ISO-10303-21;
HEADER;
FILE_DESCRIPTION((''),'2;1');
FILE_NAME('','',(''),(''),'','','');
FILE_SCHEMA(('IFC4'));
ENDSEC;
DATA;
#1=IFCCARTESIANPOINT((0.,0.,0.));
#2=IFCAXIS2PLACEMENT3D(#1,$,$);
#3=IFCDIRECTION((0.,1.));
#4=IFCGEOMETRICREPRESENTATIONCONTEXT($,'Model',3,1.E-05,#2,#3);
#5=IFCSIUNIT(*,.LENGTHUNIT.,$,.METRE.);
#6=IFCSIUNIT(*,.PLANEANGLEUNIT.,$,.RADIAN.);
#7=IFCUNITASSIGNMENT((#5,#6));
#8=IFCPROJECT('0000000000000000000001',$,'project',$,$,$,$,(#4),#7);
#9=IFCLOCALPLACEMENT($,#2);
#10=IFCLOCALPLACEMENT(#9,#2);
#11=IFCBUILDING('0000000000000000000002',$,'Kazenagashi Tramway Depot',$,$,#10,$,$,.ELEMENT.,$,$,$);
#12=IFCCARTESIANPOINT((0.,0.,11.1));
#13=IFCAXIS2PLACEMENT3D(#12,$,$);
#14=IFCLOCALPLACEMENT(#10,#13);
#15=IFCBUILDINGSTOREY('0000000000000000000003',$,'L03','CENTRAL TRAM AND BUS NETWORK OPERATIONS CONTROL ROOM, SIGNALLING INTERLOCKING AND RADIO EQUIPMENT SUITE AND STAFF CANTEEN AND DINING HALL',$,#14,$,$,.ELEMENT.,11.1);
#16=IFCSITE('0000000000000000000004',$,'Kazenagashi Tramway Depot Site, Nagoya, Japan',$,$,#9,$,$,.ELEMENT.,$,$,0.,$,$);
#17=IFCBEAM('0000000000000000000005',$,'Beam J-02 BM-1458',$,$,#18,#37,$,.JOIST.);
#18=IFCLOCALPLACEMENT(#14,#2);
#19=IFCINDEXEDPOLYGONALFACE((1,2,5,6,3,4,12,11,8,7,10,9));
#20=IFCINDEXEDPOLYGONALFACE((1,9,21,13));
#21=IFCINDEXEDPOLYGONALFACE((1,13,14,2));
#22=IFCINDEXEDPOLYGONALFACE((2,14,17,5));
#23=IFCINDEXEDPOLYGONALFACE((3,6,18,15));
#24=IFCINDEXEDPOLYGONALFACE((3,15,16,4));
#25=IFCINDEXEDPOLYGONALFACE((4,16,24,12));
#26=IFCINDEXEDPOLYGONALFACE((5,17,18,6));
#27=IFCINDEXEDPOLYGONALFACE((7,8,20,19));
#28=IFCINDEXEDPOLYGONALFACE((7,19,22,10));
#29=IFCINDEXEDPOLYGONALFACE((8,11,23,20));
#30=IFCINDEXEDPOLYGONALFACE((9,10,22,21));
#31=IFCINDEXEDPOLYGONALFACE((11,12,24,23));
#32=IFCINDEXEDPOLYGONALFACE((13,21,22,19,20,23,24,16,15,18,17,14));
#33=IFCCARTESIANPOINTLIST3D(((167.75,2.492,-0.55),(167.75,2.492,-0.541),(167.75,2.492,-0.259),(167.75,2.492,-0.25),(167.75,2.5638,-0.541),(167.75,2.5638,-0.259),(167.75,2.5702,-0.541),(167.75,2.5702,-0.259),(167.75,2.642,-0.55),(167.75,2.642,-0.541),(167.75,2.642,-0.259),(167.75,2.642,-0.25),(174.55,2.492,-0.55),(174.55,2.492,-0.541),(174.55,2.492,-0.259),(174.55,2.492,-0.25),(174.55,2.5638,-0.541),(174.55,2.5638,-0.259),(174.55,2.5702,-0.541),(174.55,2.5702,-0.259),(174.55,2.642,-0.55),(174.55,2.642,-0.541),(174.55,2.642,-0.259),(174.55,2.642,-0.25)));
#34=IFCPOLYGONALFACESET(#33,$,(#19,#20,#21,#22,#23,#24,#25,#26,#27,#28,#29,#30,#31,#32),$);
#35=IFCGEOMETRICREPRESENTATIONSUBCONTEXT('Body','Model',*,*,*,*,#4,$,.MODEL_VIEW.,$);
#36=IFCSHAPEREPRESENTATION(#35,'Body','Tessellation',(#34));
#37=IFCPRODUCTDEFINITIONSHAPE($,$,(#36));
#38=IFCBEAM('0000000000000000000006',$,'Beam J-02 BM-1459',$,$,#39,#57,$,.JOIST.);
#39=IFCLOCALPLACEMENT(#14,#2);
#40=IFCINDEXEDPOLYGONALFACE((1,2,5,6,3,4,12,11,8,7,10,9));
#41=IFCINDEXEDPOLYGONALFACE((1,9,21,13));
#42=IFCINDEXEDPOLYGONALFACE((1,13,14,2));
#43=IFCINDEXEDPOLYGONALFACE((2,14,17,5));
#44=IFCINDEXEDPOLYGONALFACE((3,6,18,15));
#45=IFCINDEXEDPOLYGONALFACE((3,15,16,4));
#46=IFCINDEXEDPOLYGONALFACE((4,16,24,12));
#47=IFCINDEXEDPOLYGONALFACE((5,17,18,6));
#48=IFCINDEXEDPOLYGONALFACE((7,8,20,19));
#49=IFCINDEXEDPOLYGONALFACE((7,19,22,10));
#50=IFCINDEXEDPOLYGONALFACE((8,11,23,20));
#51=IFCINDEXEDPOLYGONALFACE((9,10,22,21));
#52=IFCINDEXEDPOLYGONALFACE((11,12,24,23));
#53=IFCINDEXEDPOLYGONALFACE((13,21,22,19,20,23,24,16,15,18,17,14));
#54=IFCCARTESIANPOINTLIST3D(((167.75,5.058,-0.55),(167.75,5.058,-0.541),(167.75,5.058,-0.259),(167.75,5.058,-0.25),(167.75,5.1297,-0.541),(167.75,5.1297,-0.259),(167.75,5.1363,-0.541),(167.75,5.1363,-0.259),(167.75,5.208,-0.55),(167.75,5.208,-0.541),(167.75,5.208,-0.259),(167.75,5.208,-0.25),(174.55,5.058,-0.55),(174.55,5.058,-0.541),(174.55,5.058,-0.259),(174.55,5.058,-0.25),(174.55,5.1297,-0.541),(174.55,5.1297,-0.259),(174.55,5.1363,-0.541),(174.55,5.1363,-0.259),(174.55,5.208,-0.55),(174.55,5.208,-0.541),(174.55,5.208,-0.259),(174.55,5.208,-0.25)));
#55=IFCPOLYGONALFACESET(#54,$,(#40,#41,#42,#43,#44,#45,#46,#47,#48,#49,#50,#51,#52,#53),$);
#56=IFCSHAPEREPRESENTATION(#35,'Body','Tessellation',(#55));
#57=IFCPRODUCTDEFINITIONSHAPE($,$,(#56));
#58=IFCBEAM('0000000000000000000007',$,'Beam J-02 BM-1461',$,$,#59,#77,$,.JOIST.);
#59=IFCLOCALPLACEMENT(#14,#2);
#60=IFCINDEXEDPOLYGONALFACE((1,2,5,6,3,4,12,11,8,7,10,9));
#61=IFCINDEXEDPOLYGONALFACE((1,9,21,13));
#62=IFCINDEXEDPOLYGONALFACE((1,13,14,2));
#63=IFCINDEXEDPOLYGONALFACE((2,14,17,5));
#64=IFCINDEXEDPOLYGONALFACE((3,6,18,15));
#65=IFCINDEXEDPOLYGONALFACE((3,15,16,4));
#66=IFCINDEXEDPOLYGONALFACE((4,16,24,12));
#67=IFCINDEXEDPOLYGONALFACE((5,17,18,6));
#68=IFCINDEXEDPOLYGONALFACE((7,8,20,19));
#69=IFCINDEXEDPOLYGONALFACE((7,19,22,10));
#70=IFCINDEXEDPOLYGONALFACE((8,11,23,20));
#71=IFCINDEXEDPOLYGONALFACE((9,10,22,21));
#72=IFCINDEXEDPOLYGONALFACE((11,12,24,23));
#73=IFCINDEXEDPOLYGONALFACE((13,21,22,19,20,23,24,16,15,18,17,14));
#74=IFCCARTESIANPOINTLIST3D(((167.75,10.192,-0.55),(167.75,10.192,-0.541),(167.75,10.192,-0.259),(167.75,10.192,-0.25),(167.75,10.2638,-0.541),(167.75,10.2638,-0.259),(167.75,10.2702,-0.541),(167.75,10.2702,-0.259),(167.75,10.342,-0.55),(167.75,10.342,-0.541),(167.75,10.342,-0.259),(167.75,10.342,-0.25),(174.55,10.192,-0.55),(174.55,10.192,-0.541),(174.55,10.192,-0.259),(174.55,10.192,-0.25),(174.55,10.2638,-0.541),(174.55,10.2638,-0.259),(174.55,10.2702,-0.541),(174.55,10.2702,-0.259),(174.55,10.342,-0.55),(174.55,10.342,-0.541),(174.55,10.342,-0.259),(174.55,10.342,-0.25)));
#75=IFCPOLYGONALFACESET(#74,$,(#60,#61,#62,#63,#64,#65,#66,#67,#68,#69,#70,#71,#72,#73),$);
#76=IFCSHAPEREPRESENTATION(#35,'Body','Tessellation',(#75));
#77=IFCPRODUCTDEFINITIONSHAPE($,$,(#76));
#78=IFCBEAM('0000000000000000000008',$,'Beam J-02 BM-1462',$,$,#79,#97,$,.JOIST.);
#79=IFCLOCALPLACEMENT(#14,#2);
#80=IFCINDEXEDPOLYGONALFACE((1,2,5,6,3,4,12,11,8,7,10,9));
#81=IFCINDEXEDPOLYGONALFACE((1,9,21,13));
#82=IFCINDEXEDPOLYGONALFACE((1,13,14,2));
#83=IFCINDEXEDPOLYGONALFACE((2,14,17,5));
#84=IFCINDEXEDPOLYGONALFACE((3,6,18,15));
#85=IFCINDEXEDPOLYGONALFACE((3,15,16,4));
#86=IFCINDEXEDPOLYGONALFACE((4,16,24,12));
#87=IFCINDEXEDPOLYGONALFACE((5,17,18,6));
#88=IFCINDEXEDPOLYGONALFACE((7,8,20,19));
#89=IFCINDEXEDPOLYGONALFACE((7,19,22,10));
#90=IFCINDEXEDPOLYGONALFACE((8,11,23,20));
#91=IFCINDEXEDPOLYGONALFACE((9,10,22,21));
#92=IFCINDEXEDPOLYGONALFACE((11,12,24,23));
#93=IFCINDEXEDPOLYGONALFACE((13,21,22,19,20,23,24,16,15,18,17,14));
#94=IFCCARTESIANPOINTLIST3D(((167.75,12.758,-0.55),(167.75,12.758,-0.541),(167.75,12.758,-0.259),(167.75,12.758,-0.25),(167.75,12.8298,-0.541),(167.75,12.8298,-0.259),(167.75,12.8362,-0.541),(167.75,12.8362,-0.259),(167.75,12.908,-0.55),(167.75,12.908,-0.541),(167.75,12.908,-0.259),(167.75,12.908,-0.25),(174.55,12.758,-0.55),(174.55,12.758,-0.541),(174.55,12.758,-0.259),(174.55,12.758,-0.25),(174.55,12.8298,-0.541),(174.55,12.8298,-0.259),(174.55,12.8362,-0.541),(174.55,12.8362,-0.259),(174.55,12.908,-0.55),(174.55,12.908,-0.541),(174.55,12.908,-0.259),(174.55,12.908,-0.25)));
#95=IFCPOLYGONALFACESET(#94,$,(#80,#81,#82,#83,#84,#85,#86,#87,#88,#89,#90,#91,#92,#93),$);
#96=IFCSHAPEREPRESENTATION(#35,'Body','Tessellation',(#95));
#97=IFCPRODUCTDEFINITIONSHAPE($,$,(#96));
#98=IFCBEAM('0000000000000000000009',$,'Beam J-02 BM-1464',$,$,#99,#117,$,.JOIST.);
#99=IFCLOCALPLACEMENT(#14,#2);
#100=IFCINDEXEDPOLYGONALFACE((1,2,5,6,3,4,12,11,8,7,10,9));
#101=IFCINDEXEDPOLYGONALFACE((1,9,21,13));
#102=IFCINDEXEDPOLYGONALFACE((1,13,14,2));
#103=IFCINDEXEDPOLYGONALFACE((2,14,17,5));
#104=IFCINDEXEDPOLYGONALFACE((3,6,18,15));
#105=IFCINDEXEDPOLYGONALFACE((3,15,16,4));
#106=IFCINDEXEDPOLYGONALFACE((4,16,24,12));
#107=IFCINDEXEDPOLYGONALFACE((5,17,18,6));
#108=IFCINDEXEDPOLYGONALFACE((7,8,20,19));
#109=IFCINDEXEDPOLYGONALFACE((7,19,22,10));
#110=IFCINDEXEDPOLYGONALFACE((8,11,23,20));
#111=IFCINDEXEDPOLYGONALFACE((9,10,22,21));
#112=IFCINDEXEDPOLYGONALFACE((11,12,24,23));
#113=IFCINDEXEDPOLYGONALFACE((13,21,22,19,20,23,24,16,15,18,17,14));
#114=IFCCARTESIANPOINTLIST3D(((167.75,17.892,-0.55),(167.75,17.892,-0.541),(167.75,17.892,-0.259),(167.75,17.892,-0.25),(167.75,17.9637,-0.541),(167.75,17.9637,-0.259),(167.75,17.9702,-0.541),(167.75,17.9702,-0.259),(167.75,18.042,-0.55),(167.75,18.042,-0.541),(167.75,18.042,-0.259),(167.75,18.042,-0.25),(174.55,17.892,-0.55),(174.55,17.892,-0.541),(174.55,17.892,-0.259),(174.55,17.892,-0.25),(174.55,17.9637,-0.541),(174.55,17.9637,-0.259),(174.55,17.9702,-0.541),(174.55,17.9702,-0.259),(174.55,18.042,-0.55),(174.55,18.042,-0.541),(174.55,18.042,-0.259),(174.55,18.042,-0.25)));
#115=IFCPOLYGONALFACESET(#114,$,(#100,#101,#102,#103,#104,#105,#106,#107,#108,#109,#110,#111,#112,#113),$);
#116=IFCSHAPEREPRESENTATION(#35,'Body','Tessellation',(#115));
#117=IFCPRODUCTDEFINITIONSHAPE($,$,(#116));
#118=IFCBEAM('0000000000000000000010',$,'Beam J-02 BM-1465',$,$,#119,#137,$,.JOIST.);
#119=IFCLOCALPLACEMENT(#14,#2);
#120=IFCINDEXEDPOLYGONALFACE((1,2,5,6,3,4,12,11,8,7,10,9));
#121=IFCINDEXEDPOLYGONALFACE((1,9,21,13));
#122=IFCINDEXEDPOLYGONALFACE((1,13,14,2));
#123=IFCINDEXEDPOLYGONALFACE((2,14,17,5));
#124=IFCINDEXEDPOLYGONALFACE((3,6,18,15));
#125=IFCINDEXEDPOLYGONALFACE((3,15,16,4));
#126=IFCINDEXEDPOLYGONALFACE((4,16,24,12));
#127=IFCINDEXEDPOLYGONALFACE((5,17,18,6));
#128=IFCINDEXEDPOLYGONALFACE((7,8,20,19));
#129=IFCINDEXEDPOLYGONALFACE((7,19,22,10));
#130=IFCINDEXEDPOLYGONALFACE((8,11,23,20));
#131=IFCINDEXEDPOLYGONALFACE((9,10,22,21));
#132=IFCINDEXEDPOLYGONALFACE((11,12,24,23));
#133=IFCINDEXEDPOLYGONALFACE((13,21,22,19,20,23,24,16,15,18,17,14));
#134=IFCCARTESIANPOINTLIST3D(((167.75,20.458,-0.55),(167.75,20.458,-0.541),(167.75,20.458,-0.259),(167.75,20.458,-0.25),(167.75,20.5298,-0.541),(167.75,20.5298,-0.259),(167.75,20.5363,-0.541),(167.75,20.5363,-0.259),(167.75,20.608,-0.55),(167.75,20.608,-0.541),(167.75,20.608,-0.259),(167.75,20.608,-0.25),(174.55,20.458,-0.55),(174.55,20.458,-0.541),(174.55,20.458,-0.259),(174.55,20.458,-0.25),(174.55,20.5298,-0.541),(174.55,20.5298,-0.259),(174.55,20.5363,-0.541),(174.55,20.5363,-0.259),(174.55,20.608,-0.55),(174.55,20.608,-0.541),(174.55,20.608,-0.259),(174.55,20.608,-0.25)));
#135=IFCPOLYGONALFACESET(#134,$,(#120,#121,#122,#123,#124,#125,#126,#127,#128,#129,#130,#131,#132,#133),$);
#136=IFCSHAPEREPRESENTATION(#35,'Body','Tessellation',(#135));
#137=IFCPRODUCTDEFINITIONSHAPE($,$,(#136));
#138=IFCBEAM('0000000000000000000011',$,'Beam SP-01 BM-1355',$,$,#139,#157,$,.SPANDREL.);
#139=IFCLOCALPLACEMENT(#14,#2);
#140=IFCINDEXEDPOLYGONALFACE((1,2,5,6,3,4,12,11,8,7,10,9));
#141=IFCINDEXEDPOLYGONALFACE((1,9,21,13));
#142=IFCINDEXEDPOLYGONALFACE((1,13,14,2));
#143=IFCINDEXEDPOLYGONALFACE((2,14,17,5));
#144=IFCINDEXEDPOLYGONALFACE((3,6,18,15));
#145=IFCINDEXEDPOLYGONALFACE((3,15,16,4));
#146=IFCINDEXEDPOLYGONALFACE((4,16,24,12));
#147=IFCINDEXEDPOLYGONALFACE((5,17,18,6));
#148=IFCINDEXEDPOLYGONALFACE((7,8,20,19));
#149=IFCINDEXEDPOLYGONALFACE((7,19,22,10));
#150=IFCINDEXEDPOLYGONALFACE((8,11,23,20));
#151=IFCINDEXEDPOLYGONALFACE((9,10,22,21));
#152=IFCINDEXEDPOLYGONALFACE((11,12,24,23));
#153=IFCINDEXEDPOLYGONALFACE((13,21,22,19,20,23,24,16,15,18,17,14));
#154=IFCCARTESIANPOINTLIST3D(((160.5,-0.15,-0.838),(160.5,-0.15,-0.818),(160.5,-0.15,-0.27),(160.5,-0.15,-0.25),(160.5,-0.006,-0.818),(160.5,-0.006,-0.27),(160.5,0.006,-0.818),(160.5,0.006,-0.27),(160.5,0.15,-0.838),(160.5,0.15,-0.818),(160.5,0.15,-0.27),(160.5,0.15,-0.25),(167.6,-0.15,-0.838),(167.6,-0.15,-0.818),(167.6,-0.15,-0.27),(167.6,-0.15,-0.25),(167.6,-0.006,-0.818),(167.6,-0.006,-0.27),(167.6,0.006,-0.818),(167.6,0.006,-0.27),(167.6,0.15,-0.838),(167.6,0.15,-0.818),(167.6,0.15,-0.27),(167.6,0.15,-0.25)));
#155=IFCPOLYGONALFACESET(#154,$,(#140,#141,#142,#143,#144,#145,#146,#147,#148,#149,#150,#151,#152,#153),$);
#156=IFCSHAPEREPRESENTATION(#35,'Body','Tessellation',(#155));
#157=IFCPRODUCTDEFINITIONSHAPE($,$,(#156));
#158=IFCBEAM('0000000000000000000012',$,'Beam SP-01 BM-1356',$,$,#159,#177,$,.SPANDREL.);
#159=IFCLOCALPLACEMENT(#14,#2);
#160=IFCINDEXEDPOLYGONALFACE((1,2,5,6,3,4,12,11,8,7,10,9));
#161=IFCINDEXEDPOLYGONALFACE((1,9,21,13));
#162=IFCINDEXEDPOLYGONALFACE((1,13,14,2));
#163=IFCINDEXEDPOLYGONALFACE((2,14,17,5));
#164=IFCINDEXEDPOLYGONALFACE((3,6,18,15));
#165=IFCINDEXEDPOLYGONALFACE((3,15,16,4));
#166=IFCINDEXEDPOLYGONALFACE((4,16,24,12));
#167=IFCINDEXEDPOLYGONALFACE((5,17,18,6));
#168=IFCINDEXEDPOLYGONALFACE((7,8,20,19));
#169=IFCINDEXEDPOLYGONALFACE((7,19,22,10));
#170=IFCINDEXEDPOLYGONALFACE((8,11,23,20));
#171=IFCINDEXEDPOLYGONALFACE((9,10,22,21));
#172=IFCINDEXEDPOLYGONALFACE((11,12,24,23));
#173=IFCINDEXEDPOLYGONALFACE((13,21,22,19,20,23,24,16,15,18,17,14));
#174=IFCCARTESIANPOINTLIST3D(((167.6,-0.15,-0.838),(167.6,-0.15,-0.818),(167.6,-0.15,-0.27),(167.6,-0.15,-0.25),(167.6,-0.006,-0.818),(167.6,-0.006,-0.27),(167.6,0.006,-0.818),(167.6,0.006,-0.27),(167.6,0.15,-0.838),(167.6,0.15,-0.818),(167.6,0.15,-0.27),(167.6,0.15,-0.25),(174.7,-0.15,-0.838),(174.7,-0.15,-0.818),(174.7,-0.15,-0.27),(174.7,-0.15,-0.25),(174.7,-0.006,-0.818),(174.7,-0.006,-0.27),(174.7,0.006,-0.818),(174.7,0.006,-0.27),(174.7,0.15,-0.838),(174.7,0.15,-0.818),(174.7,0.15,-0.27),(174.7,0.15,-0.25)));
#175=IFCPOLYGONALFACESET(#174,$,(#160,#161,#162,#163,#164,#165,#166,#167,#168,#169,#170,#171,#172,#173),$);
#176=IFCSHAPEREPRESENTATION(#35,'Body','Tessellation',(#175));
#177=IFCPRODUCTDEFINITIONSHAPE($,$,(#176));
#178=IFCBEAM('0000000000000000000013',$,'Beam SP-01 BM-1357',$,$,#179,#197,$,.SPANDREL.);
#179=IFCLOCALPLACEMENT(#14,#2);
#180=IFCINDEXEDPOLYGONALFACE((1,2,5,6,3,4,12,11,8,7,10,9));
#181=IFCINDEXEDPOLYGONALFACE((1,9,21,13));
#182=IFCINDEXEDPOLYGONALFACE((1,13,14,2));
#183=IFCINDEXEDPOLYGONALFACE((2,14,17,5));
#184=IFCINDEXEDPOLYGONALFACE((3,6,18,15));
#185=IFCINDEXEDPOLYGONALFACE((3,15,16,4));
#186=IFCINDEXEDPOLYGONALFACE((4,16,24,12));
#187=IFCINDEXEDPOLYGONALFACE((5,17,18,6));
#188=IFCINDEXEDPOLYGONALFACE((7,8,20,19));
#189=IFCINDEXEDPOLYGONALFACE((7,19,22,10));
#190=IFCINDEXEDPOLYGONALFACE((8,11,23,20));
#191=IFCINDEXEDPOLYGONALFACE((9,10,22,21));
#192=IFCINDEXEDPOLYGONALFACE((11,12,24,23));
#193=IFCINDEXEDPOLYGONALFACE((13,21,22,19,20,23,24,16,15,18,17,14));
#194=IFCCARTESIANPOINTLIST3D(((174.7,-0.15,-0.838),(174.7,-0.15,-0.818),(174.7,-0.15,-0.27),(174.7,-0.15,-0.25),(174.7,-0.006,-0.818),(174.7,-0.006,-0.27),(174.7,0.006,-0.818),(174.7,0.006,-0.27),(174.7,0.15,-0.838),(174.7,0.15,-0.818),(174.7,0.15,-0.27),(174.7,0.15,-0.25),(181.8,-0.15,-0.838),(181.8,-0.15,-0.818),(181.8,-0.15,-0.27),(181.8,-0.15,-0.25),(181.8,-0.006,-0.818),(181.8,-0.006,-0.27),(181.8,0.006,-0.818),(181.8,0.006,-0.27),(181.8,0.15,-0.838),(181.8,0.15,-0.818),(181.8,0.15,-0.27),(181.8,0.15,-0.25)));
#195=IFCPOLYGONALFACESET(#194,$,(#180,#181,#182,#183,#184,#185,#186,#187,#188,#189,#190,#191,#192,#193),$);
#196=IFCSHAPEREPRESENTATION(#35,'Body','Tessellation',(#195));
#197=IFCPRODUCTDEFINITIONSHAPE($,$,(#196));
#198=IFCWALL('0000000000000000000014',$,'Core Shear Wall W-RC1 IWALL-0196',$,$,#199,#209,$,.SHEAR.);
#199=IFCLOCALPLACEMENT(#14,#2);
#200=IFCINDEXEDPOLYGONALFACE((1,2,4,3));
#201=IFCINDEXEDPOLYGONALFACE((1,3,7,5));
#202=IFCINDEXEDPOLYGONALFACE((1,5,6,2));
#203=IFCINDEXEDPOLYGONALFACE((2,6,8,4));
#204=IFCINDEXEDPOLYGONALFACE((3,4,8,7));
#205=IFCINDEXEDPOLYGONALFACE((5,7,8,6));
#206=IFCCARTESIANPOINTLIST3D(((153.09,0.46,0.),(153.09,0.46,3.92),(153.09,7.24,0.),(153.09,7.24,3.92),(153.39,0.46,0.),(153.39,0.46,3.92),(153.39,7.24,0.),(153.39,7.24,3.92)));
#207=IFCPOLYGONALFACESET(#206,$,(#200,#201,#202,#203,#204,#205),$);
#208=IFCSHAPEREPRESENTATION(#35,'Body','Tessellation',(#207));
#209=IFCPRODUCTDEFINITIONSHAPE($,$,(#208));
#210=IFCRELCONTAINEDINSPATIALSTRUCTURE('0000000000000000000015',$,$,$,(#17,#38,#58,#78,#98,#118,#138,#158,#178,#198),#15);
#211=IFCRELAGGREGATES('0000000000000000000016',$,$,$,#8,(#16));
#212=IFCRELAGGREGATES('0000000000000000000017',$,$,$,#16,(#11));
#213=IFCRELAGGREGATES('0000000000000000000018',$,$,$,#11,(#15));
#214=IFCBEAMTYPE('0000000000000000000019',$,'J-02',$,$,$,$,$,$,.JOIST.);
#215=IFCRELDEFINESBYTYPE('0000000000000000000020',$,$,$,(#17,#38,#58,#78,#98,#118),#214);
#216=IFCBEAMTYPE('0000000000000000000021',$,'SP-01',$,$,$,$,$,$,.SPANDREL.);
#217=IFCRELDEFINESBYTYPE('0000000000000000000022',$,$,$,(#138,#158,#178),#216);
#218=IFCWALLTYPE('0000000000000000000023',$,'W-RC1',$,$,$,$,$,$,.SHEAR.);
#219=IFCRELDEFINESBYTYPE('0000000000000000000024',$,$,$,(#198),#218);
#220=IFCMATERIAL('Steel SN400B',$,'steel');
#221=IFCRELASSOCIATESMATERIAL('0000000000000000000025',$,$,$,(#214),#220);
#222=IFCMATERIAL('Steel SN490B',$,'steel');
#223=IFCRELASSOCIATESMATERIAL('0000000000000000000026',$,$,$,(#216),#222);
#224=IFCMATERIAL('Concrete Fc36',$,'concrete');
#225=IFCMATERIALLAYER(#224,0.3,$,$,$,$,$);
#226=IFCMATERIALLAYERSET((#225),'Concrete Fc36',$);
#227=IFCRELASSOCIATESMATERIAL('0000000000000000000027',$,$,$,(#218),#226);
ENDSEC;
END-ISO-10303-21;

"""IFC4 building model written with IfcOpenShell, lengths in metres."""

from ifc_helpers import new_model, si_unit, direction, frame, frame_2d, origin, origin_2d, place, context, subcontext, project, spatial, rectangle, i_section, extrude, material, layer, layer_set, material_profile, profile_set, type_object, element, save


model = new_model("IFC4")

# Units and contexts
model_context = context("Model", 3, precision=1e-05, world=origin(), true_north=direction((0.0, 1.0)))
body_context = subcontext(model_context, "Body", "Model", "MODEL_VIEW")
ifc_project = project(units=[si_unit("LENGTHUNIT", "METRE"), si_unit("PLANEANGLEUNIT", "RADIAN")], contexts=[model_context])

# Site, building, storey
site_placement = place(None, origin())
site = spatial("IfcSite", under=ifc_project, at=site_placement, Name="Kazenagashi Tramway Depot Site, Nagoya, Japan", CompositionType="ELEMENT", RefElevation=0.0)
building_placement = place(site_placement, origin())
building = spatial("IfcBuilding", under=site, at=building_placement, Name="Kazenagashi Tramway Depot", CompositionType="ELEMENT")
storey_placement = place(building_placement, frame((0.0, 0.0, 11.1)))
storey = spatial("IfcBuildingStorey", under=building, at=storey_placement, Name="L03", Description="CENTRAL TRAM AND BUS NETWORK OPERATIONS CONTROL ROOM, SIGNALLING INTERLOCKING AND RADIO EQUIPMENT SUITE AND STAFF CANTEEN AND DINING HALL", CompositionType="ELEMENT", Elevation=11.1)

# Beams
ifc_material_1 = material(Name="Steel SN490B", Category="steel")
ifc_material_2 = material(Name="Steel SN400B", Category="steel")
ifc_material_profile_1 = material_profile(ifc_material_2, i_section(OverallWidth=0.15, OverallDepth=0.3, WebThickness=0.0065, FlangeThickness=0.009, at=origin_2d()), Name="H-300x150x6.5x9")
ifc_profile_set_1 = profile_set([ifc_material_profile_1], Name="Steel SN400B")
beam_type_1 = type_object("IfcBeamType", Name="J-02", PredefinedType="JOIST", material=ifc_profile_set_1)
for number, where, z_axis, x_axis, name in (
    (1, (167.75, 2.567, -0.4), (1.0, 0.0, 0.0), (0.0, 1.0, 0.0), "Beam J-02 BM-1458"),
    (2, (167.75, 5.133, -0.4), (1.0, 0.0, 0.0), (0.0, 1.0, 0.0), "Beam J-02 BM-1459"),
    (3, (167.75, 10.267, -0.4), (1.0, 0.0, 0.0), (0.0, 1.0, 0.0), "Beam J-02 BM-1461"),
    (4, (167.75, 12.833, -0.4), (1.0, 0.0, 0.0), (0.0, 1.0, 0.0), "Beam J-02 BM-1462"),
    (5, (167.75, 17.967, -0.4), (1.0, 0.0, 0.0), (0.0, 1.0, 0.0), "Beam J-02 BM-1464"),
    (6, (167.75, 20.533, -0.4), (1.0, 0.0, 0.0), (0.0, 1.0, 0.0), "Beam J-02 BM-1465"),
):
    element("IfcBeam", number, at=place(storey_placement, frame(where, z_axis=z_axis, x_axis=x_axis)), inside=storey, type_object=beam_type_1, Name=name, PredefinedType="JOIST", context=body_context, shape_type="SweptSolid", body=[
        extrude(i_section(OverallWidth=0.15, OverallDepth=0.3, WebThickness=0.0065, FlangeThickness=0.009, at=origin_2d()), origin(), (0.0, 0.0, 1.0), 6.8),
    ])
ifc_material_profile_2 = material_profile(ifc_material_1, i_section(OverallWidth=0.3, OverallDepth=0.588, WebThickness=0.012, FlangeThickness=0.02, at=origin_2d()), Name="H-588x300x12x20")
ifc_profile_set_2 = profile_set([ifc_material_profile_2], Name="Steel SN490B")
beam_type_2 = type_object("IfcBeamType", Name="SP-01", PredefinedType="SPANDREL", material=ifc_profile_set_2)
for number, where, z_axis, x_axis, name in (
    (7, (160.5, 0.0, -0.544), (1.0, 0.0, 0.0), (0.0, 1.0, 0.0), "Beam SP-01 BM-1355"),
    (8, (167.6, 0.0, -0.544), (1.0, 0.0, 0.0), (0.0, 1.0, 0.0), "Beam SP-01 BM-1356"),
    (9, (174.7, 0.0, -0.544), (1.0, 0.0, 0.0), (0.0, 1.0, 0.0), "Beam SP-01 BM-1357"),
):
    element("IfcBeam", number, at=place(storey_placement, frame(where, z_axis=z_axis, x_axis=x_axis)), inside=storey, type_object=beam_type_2, Name=name, PredefinedType="SPANDREL", context=body_context, shape_type="SweptSolid", body=[
        extrude(i_section(OverallWidth=0.3, OverallDepth=0.588, WebThickness=0.012, FlangeThickness=0.02, at=origin_2d()), origin(), (0.0, 0.0, 1.0), 7.1),
    ])

# Wall
ifc_material_3 = material(Name="Concrete Fc36", Category="concrete")
ifc_layer = layer(ifc_material_3, 0.3)
ifc_layer_set = layer_set([ifc_layer], Name="Concrete Fc36")
wall_type = type_object("IfcWallType", Name="W-RC1", PredefinedType="SHEAR", material=ifc_layer_set)
wall_1_placement = place(storey_placement, frame((153.24, 0.46, 0.0), z_axis=(0.0, 0.0, 1.0), x_axis=(0.0, 1.0, 0.0)))
element("IfcWall", 10, at=wall_1_placement, inside=storey, type_object=wall_type, Name="Core Shear Wall W-RC1 IWALL-0196", PredefinedType="SHEAR", context=body_context, shape_type="SweptSolid", body=[
    extrude(rectangle(XDim=6.78, YDim=0.3, at=frame_2d((3.39, 0.0))), origin(), (0.0, 0.0, 1.0), 3.92),
])

save(model, "model.ifc")
